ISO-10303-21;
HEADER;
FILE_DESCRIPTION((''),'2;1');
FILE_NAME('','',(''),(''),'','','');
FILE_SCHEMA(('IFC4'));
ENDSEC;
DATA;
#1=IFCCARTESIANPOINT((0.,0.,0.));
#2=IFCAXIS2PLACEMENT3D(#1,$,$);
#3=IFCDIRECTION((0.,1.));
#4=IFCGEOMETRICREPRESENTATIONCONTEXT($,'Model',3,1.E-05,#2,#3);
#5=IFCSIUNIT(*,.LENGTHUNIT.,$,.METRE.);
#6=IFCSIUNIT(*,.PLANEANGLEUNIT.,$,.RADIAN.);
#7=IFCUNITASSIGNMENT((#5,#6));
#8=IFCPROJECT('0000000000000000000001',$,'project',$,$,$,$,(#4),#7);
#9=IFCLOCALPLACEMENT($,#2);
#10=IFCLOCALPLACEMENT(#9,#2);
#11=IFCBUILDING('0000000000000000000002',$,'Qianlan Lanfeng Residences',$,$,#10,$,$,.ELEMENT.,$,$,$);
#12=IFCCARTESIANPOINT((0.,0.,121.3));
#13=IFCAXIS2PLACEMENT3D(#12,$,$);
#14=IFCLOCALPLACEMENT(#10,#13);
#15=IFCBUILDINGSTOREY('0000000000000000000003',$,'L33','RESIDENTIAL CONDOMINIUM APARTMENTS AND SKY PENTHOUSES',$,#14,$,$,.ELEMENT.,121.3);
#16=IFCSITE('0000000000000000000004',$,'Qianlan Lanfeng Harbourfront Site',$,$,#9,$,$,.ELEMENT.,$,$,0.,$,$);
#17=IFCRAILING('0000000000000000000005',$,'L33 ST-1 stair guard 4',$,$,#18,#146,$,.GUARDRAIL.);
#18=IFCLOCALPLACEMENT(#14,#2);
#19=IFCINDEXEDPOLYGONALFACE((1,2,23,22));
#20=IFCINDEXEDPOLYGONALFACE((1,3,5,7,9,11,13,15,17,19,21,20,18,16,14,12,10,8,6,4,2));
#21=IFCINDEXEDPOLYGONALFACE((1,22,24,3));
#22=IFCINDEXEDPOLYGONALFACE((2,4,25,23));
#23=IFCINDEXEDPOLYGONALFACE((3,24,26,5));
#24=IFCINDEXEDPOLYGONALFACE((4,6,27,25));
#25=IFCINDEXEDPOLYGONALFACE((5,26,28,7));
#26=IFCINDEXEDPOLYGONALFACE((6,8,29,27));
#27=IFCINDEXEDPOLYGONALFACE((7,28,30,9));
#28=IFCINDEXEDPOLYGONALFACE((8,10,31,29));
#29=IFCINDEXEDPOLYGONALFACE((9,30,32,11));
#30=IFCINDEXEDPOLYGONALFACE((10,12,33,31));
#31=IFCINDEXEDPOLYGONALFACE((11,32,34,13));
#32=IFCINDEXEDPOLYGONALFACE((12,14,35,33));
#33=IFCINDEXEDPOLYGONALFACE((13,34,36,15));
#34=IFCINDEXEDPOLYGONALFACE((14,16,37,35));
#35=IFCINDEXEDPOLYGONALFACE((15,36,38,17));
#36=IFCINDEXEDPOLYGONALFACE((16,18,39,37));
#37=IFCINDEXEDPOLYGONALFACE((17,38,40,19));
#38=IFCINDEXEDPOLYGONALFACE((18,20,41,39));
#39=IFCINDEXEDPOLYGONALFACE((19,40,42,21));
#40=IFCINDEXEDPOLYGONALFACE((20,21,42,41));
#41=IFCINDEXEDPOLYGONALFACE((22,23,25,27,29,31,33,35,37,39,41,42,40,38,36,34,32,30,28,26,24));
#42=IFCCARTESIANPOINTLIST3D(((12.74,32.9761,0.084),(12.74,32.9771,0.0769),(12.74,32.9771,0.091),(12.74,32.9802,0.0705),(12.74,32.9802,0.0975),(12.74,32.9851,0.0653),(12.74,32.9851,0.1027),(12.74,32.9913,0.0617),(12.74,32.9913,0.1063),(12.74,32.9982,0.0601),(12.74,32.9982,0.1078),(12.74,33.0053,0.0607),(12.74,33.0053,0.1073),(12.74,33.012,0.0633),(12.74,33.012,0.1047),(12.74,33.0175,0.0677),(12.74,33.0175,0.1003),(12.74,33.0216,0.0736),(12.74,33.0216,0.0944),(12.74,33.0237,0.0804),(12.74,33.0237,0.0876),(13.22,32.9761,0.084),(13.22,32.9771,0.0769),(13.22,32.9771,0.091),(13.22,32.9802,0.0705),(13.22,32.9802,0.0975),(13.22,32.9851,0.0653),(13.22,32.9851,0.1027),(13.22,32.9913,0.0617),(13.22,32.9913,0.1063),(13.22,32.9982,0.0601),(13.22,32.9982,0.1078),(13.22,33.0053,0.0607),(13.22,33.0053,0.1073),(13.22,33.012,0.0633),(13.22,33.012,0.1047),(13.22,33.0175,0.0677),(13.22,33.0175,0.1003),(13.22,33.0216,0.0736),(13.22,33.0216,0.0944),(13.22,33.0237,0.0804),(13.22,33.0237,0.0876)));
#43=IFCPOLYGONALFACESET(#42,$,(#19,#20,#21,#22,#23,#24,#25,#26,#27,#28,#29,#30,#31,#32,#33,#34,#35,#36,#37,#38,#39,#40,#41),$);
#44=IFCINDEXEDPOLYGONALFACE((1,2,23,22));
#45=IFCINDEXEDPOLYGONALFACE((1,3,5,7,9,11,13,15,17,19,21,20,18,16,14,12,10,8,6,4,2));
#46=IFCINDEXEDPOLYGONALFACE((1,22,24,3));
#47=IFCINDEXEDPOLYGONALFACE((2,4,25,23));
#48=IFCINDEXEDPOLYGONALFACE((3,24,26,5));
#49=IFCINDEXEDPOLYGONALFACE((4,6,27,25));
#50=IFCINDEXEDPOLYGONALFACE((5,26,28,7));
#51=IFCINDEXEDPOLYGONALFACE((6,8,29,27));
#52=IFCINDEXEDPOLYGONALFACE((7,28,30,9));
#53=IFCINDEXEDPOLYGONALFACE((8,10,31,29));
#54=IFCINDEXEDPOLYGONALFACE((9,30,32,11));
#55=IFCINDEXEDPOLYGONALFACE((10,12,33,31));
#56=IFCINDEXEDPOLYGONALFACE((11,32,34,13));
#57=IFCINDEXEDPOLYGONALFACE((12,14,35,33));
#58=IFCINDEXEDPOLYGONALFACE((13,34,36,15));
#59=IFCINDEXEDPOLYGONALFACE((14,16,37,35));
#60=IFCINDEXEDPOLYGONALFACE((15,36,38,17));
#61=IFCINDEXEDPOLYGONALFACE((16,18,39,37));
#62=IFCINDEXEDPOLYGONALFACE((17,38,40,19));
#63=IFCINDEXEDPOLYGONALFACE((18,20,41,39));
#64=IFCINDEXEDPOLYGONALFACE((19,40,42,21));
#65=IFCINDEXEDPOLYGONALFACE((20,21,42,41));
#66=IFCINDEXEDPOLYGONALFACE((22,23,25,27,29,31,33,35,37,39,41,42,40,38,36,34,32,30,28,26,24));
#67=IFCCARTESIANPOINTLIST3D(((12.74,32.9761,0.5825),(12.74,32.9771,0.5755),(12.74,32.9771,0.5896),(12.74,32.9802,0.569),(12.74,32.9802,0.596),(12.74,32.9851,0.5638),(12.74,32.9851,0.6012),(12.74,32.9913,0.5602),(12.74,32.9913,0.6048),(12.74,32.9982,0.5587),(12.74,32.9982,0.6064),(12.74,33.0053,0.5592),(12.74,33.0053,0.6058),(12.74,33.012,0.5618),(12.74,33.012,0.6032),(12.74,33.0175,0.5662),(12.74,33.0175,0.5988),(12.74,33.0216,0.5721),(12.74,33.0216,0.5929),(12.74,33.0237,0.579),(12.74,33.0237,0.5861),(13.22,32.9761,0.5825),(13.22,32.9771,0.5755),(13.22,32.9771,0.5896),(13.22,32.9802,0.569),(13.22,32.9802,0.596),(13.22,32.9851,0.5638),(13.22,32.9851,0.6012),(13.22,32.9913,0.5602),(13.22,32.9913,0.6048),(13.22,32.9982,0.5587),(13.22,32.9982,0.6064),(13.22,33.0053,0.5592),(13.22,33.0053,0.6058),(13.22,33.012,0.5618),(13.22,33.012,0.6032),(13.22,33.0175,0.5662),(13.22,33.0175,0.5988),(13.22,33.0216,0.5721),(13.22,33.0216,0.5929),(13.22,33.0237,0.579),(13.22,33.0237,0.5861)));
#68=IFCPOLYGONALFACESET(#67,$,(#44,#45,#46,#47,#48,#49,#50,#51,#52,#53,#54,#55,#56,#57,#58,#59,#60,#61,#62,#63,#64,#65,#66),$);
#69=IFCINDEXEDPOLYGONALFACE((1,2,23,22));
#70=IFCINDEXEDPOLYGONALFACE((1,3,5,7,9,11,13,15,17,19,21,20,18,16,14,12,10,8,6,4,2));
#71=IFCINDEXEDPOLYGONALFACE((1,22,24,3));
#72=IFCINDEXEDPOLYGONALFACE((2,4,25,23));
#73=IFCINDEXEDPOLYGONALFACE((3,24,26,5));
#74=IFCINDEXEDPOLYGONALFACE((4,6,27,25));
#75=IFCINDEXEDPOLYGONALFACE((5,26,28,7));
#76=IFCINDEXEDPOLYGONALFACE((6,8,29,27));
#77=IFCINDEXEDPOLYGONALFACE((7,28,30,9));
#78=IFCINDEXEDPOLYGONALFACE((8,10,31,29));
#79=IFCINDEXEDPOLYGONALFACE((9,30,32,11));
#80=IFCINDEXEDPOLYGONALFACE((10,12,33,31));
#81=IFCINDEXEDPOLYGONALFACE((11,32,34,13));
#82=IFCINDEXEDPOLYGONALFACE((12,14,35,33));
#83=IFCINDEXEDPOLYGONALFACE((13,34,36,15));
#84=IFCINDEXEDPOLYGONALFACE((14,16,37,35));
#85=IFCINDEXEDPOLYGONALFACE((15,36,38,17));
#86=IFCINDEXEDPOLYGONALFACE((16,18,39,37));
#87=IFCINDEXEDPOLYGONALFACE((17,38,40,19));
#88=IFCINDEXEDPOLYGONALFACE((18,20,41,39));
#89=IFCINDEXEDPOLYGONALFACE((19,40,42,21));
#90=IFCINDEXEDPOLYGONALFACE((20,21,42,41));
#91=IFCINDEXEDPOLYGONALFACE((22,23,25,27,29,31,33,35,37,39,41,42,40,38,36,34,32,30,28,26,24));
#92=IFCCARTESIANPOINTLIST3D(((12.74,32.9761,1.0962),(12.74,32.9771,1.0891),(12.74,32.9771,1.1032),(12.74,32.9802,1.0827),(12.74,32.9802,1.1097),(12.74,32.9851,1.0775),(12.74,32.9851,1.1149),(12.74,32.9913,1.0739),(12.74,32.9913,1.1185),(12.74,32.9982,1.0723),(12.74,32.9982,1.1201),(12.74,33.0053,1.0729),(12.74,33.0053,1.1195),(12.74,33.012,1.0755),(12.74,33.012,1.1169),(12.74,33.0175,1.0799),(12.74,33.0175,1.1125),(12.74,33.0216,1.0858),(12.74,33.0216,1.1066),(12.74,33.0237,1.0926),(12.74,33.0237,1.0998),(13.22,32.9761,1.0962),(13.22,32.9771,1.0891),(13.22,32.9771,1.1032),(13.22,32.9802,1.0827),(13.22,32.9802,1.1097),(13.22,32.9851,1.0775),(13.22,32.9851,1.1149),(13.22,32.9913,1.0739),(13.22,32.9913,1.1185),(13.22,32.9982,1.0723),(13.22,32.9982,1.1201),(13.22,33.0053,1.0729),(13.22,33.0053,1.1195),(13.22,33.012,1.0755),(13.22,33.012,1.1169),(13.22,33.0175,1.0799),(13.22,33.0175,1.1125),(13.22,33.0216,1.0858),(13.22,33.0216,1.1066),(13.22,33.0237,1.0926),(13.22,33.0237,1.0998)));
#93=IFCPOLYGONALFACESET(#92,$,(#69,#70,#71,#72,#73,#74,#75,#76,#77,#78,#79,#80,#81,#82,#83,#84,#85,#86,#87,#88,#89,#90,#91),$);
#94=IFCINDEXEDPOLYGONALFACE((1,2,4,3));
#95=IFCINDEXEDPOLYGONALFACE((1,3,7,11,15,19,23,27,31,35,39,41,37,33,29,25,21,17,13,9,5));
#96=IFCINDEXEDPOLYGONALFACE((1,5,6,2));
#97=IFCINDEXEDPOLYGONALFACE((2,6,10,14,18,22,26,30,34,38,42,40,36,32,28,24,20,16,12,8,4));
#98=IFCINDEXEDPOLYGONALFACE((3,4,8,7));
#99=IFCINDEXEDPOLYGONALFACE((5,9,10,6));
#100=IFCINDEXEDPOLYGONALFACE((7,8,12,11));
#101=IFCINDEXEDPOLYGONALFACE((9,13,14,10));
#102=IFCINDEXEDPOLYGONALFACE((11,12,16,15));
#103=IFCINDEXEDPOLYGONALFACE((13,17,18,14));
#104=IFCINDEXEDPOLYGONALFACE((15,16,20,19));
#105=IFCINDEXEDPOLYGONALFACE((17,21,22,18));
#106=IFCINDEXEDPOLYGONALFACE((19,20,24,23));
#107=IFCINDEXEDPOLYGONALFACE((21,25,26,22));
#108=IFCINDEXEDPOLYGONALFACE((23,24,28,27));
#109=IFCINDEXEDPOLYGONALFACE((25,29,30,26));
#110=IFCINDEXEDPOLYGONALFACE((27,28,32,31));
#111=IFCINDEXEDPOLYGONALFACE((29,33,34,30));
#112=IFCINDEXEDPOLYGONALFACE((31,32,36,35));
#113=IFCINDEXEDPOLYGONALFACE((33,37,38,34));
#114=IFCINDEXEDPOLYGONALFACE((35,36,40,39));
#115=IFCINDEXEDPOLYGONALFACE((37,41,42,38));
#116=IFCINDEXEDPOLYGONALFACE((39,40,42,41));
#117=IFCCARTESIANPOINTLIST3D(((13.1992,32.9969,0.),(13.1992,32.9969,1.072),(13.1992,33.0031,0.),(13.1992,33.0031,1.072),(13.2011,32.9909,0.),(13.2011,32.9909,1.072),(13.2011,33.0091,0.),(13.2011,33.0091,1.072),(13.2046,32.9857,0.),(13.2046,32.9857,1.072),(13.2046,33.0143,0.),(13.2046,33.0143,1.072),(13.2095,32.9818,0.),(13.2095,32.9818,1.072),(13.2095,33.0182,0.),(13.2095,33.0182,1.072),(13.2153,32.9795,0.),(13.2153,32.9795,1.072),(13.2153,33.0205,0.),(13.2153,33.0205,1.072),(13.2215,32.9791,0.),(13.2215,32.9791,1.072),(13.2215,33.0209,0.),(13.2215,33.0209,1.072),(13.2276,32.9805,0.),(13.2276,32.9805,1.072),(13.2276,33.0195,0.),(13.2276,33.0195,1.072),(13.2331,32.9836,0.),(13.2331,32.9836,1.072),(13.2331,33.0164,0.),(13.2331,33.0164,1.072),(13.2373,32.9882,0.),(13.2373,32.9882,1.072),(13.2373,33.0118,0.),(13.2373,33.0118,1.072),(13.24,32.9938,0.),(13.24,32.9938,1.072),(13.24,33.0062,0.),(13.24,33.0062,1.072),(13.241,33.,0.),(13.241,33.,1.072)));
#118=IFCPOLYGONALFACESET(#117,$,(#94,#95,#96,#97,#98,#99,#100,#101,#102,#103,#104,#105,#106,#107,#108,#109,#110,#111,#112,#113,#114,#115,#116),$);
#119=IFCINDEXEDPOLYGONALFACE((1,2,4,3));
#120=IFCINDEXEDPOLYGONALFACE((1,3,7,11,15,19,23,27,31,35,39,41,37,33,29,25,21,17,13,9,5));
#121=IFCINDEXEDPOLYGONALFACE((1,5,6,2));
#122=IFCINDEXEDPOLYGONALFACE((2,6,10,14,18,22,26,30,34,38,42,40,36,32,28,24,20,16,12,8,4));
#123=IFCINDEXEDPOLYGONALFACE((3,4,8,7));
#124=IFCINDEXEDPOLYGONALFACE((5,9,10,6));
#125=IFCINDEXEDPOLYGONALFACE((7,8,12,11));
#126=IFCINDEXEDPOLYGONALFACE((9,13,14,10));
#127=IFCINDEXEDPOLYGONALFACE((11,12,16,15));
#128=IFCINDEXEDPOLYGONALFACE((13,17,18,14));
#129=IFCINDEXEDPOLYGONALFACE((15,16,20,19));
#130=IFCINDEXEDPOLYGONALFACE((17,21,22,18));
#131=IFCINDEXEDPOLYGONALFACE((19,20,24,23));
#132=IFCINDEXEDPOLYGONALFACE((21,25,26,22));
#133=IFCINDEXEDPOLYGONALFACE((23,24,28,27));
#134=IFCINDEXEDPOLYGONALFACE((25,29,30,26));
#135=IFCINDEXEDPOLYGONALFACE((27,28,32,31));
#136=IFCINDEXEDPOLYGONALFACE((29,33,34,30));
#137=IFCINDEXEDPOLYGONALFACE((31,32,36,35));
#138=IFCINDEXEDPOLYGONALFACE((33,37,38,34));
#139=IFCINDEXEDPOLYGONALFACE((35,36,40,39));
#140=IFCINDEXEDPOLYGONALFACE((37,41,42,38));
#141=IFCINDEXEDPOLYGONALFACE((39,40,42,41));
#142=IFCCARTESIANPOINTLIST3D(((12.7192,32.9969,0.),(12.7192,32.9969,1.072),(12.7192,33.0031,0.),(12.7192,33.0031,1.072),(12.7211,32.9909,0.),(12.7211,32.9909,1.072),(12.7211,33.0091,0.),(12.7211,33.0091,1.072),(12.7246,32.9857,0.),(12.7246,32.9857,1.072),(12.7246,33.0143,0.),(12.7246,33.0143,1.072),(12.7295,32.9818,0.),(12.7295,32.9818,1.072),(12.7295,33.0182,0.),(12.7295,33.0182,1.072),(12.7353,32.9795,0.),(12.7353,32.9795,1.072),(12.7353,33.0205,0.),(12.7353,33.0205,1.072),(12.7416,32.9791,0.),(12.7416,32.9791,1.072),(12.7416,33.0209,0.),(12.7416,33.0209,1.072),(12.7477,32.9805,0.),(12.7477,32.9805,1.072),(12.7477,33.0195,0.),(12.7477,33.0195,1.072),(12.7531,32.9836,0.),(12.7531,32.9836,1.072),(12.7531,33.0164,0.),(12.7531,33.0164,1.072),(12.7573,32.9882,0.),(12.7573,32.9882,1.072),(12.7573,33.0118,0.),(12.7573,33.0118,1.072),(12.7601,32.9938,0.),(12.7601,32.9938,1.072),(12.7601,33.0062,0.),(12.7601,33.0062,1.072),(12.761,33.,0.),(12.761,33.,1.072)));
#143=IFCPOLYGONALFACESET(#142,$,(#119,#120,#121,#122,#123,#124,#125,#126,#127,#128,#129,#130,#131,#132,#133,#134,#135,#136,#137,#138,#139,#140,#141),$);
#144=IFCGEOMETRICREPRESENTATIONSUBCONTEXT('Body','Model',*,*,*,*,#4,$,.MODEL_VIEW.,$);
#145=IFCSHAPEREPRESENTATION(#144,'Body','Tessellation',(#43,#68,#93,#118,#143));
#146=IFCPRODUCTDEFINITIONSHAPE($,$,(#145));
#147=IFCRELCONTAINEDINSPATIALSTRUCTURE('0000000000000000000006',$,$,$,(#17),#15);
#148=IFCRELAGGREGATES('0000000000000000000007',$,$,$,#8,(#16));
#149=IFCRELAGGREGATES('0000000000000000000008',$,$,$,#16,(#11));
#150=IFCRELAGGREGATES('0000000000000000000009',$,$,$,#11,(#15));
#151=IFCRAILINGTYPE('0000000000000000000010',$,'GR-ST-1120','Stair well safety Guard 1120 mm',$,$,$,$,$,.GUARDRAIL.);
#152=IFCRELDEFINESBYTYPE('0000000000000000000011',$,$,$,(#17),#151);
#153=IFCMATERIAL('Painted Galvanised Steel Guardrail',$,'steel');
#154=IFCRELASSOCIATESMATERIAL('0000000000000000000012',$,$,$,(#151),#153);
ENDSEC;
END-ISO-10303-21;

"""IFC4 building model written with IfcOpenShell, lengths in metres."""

from ifc_helpers import new_model, si_unit, direction, frame, origin, origin_2d, place, context, subcontext, project, spatial, circle, extrude, material, type_object, element, save


model = new_model("IFC4")

# Units and contexts
model_context = context("Model", 3, precision=1e-05, world=origin(), true_north=direction((0.0, 1.0)))
body_context = subcontext(model_context, "Body", "Model", "MODEL_VIEW")
ifc_project = project(units=[si_unit("LENGTHUNIT", "METRE"), si_unit("PLANEANGLEUNIT", "RADIAN")], contexts=[model_context])

# Site, building, storey
site_placement = place(None, origin())
site = spatial("IfcSite", under=ifc_project, at=site_placement, Name="Qianlan Lanfeng Harbourfront Site", CompositionType="ELEMENT", RefElevation=0.0)
building_placement = place(site_placement, origin())
building = spatial("IfcBuilding", under=site, at=building_placement, Name="Qianlan Lanfeng Residences", CompositionType="ELEMENT")
storey_placement = place(building_placement, frame((0.0, 0.0, 121.3)))
storey = spatial("IfcBuildingStorey", under=building, at=storey_placement, Name="L33", Description="RESIDENTIAL CONDOMINIUM APARTMENTS AND SKY PENTHOUSES", CompositionType="ELEMENT", Elevation=121.3)

# Railing
ifc_material_1 = material(Name="Painted Galvanised Steel Guardrail", Category="steel")
railing_type_1 = type_object("IfcRailingType", Name="GR-ST-1120", Description="Stair well safety Guard 1120 mm", PredefinedType="GUARDRAIL", material=ifc_material_1)
railing_1_placement = place(storey_placement, frame((13.22, 33.0, 0.0)))
element("IfcRailing", 1, at=railing_1_placement, inside=storey, type_object=railing_type_1, Name="L33 ST-1 stair guard 4", PredefinedType="GUARDRAIL", context=body_context, shape_type="SweptSolid", body=[
    extrude(circle(Radius=0.0239, at=origin_2d()), frame((0.0, 0.0, 0.084), z_axis=(-1.0, 0.0, 0.0), x_axis=(0.0, -1.0, 0.0)), (0.0, 0.0, 1.0), 0.48),
    extrude(circle(Radius=0.0239, at=origin_2d()), frame((0.0, 0.0, 0.5825), z_axis=(-1.0, 0.0, 0.0), x_axis=(0.0, -1.0, 0.0)), (0.0, 0.0, 1.0), 0.48),
    extrude(circle(Radius=0.0239, at=origin_2d()), frame((0.0, 0.0, 1.0962), z_axis=(-1.0, 0.0, 0.0), x_axis=(0.0, -1.0, 0.0)), (0.0, 0.0, 1.0), 0.48),
    extrude(circle(Radius=0.021, at=origin_2d()), origin(), (0.0, 0.0, 1.0), 1.072),
    extrude(circle(Radius=0.021, at=origin_2d()), frame((-0.48, 0.0, 0.0)), (0.0, 0.0, 1.0), 1.072),
])

save(model, "model.ifc")
